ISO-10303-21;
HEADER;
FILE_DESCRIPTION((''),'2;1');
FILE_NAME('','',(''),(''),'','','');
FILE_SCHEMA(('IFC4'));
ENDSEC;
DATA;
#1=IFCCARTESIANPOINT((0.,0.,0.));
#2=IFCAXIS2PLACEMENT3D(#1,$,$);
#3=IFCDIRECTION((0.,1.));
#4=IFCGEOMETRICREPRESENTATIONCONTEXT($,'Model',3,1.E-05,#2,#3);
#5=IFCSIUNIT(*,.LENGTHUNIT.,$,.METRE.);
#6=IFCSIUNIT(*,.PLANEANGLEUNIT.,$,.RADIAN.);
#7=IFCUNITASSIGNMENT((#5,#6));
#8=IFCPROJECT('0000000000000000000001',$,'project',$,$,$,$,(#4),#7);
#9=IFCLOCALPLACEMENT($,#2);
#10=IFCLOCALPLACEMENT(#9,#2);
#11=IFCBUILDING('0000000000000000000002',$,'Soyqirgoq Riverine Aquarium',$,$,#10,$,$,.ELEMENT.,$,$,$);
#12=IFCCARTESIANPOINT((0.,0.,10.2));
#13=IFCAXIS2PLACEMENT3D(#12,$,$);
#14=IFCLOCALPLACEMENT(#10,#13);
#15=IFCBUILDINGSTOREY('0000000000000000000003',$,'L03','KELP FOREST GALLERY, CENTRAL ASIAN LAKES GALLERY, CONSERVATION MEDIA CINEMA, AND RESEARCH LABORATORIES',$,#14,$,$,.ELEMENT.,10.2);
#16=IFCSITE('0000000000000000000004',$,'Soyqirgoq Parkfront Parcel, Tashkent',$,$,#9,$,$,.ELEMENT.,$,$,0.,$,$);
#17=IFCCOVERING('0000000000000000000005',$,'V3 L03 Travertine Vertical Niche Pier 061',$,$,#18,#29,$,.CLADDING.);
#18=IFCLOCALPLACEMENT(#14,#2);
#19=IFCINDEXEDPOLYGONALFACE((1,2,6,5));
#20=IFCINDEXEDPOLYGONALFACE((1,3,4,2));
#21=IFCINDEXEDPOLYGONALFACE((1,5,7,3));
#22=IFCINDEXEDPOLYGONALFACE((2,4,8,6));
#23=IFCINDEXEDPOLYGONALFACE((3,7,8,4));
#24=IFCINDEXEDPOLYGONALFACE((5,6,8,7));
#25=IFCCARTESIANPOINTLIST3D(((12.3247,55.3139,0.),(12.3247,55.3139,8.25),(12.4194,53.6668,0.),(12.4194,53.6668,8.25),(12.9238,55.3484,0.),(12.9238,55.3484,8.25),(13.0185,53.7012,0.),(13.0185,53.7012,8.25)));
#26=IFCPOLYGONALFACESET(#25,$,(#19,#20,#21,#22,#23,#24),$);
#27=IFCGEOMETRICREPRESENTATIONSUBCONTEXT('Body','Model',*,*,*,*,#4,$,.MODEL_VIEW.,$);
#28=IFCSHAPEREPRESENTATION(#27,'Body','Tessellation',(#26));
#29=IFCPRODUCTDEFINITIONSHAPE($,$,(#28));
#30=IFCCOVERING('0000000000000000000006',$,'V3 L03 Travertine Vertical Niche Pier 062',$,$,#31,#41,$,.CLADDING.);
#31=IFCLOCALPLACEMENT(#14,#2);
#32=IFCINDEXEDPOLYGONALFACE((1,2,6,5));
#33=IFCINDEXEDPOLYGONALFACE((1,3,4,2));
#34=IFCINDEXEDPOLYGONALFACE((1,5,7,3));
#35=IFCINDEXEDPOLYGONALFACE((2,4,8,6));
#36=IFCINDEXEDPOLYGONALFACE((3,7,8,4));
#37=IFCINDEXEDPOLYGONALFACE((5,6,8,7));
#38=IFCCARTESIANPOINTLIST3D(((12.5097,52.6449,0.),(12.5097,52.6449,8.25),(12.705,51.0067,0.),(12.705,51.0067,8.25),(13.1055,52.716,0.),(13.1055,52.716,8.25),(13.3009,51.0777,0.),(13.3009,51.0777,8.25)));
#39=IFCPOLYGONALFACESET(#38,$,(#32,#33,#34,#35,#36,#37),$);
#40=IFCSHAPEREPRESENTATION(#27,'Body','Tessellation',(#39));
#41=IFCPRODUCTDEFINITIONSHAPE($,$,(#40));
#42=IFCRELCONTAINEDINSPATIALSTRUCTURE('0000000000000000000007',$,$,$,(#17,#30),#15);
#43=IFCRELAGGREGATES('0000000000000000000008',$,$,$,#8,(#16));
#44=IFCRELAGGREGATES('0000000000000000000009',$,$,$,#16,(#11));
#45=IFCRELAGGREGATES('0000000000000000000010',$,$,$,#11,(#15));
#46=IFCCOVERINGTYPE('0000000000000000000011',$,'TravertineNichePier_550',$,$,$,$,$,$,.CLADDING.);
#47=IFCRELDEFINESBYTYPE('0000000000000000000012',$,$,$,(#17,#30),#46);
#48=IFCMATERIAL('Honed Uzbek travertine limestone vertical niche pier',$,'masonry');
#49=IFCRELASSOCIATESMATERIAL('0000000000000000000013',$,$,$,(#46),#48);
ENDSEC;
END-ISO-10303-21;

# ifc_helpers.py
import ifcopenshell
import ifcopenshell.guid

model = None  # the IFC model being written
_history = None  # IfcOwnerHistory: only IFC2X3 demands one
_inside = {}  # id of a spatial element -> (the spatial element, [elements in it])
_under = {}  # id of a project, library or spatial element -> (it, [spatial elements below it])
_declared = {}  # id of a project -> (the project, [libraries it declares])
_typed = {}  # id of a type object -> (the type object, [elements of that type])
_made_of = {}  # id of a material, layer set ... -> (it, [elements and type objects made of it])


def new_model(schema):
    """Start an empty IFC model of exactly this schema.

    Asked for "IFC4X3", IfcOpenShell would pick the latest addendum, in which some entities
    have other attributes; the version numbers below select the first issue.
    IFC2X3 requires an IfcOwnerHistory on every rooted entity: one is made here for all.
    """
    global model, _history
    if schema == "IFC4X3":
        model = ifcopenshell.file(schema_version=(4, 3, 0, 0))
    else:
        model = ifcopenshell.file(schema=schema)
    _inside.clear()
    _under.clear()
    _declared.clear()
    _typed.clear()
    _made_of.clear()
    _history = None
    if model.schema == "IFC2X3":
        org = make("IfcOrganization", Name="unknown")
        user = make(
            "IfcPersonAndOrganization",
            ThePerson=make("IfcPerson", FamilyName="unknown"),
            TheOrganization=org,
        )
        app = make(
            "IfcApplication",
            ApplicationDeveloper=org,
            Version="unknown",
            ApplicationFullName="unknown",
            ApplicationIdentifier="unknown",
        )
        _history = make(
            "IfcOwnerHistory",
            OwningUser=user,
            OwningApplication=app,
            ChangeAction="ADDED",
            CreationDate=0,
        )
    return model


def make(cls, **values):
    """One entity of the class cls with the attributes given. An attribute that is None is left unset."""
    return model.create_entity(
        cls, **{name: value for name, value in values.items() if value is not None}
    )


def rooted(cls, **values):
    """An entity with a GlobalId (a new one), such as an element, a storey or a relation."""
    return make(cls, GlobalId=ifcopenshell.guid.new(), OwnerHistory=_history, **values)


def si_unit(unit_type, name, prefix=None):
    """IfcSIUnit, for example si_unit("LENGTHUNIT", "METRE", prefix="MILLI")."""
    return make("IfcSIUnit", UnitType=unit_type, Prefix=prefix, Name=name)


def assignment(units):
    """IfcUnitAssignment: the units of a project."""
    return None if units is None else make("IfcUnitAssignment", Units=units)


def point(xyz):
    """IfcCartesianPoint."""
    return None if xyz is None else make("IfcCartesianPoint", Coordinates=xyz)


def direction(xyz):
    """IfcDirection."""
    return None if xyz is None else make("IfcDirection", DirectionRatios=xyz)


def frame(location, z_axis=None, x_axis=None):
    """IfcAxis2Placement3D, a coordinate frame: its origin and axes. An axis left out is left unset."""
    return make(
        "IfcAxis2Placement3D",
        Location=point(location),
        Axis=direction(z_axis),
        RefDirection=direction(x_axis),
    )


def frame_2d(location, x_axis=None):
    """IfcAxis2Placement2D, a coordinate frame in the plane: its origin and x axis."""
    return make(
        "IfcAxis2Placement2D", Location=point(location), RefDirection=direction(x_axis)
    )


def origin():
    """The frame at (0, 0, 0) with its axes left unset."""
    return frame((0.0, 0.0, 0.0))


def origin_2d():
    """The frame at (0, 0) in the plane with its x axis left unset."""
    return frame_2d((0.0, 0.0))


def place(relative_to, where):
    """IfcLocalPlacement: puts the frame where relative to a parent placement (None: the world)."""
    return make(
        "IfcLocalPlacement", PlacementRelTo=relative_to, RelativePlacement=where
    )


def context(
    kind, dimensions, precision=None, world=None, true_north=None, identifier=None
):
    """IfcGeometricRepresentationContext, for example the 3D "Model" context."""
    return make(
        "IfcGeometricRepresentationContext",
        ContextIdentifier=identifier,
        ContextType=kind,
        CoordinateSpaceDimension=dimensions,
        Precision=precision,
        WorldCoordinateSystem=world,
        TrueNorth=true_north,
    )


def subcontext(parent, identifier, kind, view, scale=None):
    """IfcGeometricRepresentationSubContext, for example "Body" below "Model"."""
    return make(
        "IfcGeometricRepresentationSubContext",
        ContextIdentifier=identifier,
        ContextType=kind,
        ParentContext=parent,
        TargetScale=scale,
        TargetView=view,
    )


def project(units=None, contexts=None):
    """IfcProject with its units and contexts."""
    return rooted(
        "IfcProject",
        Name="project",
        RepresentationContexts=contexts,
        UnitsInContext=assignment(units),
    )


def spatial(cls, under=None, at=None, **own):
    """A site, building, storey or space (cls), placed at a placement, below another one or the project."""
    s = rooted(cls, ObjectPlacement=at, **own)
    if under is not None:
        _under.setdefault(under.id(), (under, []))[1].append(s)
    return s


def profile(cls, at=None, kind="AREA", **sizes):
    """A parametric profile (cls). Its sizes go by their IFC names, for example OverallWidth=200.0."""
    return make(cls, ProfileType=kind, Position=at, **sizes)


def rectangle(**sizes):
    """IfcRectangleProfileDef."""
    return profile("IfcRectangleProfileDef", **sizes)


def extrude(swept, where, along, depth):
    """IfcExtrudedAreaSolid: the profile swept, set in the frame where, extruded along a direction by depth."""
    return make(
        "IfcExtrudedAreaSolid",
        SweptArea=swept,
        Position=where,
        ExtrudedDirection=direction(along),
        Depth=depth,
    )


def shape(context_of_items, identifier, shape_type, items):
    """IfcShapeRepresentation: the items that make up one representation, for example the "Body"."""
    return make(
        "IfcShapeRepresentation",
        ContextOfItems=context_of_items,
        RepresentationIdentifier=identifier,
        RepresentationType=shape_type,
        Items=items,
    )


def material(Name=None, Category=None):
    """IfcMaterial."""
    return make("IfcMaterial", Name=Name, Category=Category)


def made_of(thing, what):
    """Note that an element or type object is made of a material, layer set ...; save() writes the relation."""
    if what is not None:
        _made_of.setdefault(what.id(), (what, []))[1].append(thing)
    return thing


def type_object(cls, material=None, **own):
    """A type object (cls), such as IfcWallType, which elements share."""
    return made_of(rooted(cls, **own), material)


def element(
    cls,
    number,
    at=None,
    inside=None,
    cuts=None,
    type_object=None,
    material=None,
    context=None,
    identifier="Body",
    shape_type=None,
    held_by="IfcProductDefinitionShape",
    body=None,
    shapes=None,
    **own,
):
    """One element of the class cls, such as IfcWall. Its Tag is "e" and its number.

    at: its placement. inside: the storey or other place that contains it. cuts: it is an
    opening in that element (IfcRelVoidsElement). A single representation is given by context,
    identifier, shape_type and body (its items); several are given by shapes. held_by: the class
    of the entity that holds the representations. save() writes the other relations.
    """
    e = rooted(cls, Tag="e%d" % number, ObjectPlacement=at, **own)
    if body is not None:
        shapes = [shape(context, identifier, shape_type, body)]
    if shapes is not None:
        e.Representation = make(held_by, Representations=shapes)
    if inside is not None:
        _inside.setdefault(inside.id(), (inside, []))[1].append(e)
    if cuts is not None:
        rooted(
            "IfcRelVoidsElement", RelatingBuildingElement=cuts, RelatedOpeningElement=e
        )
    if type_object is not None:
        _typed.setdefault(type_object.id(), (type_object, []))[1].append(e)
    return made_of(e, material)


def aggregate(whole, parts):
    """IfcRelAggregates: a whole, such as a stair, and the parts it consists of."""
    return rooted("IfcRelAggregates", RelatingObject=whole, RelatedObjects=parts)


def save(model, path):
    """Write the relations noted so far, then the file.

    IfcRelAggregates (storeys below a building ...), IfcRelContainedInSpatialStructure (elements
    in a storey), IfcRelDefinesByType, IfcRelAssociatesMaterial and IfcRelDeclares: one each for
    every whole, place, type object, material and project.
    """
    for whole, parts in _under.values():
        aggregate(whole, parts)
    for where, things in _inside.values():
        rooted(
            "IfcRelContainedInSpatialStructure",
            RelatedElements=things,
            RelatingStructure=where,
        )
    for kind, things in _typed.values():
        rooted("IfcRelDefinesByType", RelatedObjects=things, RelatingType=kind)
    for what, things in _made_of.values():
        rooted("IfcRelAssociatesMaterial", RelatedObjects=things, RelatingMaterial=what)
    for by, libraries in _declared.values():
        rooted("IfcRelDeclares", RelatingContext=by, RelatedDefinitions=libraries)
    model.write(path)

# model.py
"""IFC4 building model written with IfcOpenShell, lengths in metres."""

from ifc_helpers import new_model, si_unit, direction, frame, origin, origin_2d, place, context, subcontext, project, spatial, rectangle, extrude, material, type_object, element, save


model = new_model("IFC4")

# Units and contexts
model_context = context("Model", 3, precision=1e-05, world=origin(), true_north=direction((0.0, 1.0)))
body_context = subcontext(model_context, "Body", "Model", "MODEL_VIEW")
ifc_project = project(units=[si_unit("LENGTHUNIT", "METRE"), si_unit("PLANEANGLEUNIT", "RADIAN")], contexts=[model_context])

# Site, building, storey
site_placement = place(None, origin())
site = spatial("IfcSite", under=ifc_project, at=site_placement, Name="Soyqirgoq Parkfront Parcel, Tashkent", CompositionType="ELEMENT", RefElevation=0.0)
building_placement = place(site_placement, origin())
building = spatial("IfcBuilding", under=site, at=building_placement, Name="Soyqirgoq Riverine Aquarium", CompositionType="ELEMENT")
storey_placement = place(building_placement, frame((0.0, 0.0, 10.2)))
storey = spatial("IfcBuildingStorey", under=building, at=storey_placement, Name="L03", Description="KELP FOREST GALLERY, CENTRAL ASIAN LAKES GALLERY, CONSERVATION MEDIA CINEMA, AND RESEARCH LABORATORIES", CompositionType="ELEMENT", Elevation=10.2)

# Coverings
ifc_material_1 = material(Name="Honed Uzbek travertine limestone vertical niche pier", Category="masonry")
covering_type = type_object("IfcCoveringType", Name="TravertineNichePier_550", PredefinedType="CLADDING", material=ifc_material_1)
for number, where, z_axis, x_axis, name in (
    (1, (12.6716, 54.5076, 0.0), (0.0, 0.0, 1.0), (-0.998352, -0.05739, 0.0), "V3 L03 Travertine Vertical Niche Pier 061"),
    (2, (12.9053, 51.8613, 0.0), (0.0, 0.0, 1.0), (-0.992966, -0.118404, 0.0), "V3 L03 Travertine Vertical Niche Pier 062"),
):
    element("IfcCovering", number, at=place(storey_placement, frame(where, z_axis=z_axis, x_axis=x_axis)), inside=storey, type_object=covering_type, Name=name, PredefinedType="CLADDING", context=body_context, shape_type="SweptSolid", body=[
        extrude(rectangle(XDim=0.6001, YDim=1.6499, at=origin_2d()), origin(), (0.0, 0.0, 1.0), 8.25),
    ])

save(model, "model.ifc")
